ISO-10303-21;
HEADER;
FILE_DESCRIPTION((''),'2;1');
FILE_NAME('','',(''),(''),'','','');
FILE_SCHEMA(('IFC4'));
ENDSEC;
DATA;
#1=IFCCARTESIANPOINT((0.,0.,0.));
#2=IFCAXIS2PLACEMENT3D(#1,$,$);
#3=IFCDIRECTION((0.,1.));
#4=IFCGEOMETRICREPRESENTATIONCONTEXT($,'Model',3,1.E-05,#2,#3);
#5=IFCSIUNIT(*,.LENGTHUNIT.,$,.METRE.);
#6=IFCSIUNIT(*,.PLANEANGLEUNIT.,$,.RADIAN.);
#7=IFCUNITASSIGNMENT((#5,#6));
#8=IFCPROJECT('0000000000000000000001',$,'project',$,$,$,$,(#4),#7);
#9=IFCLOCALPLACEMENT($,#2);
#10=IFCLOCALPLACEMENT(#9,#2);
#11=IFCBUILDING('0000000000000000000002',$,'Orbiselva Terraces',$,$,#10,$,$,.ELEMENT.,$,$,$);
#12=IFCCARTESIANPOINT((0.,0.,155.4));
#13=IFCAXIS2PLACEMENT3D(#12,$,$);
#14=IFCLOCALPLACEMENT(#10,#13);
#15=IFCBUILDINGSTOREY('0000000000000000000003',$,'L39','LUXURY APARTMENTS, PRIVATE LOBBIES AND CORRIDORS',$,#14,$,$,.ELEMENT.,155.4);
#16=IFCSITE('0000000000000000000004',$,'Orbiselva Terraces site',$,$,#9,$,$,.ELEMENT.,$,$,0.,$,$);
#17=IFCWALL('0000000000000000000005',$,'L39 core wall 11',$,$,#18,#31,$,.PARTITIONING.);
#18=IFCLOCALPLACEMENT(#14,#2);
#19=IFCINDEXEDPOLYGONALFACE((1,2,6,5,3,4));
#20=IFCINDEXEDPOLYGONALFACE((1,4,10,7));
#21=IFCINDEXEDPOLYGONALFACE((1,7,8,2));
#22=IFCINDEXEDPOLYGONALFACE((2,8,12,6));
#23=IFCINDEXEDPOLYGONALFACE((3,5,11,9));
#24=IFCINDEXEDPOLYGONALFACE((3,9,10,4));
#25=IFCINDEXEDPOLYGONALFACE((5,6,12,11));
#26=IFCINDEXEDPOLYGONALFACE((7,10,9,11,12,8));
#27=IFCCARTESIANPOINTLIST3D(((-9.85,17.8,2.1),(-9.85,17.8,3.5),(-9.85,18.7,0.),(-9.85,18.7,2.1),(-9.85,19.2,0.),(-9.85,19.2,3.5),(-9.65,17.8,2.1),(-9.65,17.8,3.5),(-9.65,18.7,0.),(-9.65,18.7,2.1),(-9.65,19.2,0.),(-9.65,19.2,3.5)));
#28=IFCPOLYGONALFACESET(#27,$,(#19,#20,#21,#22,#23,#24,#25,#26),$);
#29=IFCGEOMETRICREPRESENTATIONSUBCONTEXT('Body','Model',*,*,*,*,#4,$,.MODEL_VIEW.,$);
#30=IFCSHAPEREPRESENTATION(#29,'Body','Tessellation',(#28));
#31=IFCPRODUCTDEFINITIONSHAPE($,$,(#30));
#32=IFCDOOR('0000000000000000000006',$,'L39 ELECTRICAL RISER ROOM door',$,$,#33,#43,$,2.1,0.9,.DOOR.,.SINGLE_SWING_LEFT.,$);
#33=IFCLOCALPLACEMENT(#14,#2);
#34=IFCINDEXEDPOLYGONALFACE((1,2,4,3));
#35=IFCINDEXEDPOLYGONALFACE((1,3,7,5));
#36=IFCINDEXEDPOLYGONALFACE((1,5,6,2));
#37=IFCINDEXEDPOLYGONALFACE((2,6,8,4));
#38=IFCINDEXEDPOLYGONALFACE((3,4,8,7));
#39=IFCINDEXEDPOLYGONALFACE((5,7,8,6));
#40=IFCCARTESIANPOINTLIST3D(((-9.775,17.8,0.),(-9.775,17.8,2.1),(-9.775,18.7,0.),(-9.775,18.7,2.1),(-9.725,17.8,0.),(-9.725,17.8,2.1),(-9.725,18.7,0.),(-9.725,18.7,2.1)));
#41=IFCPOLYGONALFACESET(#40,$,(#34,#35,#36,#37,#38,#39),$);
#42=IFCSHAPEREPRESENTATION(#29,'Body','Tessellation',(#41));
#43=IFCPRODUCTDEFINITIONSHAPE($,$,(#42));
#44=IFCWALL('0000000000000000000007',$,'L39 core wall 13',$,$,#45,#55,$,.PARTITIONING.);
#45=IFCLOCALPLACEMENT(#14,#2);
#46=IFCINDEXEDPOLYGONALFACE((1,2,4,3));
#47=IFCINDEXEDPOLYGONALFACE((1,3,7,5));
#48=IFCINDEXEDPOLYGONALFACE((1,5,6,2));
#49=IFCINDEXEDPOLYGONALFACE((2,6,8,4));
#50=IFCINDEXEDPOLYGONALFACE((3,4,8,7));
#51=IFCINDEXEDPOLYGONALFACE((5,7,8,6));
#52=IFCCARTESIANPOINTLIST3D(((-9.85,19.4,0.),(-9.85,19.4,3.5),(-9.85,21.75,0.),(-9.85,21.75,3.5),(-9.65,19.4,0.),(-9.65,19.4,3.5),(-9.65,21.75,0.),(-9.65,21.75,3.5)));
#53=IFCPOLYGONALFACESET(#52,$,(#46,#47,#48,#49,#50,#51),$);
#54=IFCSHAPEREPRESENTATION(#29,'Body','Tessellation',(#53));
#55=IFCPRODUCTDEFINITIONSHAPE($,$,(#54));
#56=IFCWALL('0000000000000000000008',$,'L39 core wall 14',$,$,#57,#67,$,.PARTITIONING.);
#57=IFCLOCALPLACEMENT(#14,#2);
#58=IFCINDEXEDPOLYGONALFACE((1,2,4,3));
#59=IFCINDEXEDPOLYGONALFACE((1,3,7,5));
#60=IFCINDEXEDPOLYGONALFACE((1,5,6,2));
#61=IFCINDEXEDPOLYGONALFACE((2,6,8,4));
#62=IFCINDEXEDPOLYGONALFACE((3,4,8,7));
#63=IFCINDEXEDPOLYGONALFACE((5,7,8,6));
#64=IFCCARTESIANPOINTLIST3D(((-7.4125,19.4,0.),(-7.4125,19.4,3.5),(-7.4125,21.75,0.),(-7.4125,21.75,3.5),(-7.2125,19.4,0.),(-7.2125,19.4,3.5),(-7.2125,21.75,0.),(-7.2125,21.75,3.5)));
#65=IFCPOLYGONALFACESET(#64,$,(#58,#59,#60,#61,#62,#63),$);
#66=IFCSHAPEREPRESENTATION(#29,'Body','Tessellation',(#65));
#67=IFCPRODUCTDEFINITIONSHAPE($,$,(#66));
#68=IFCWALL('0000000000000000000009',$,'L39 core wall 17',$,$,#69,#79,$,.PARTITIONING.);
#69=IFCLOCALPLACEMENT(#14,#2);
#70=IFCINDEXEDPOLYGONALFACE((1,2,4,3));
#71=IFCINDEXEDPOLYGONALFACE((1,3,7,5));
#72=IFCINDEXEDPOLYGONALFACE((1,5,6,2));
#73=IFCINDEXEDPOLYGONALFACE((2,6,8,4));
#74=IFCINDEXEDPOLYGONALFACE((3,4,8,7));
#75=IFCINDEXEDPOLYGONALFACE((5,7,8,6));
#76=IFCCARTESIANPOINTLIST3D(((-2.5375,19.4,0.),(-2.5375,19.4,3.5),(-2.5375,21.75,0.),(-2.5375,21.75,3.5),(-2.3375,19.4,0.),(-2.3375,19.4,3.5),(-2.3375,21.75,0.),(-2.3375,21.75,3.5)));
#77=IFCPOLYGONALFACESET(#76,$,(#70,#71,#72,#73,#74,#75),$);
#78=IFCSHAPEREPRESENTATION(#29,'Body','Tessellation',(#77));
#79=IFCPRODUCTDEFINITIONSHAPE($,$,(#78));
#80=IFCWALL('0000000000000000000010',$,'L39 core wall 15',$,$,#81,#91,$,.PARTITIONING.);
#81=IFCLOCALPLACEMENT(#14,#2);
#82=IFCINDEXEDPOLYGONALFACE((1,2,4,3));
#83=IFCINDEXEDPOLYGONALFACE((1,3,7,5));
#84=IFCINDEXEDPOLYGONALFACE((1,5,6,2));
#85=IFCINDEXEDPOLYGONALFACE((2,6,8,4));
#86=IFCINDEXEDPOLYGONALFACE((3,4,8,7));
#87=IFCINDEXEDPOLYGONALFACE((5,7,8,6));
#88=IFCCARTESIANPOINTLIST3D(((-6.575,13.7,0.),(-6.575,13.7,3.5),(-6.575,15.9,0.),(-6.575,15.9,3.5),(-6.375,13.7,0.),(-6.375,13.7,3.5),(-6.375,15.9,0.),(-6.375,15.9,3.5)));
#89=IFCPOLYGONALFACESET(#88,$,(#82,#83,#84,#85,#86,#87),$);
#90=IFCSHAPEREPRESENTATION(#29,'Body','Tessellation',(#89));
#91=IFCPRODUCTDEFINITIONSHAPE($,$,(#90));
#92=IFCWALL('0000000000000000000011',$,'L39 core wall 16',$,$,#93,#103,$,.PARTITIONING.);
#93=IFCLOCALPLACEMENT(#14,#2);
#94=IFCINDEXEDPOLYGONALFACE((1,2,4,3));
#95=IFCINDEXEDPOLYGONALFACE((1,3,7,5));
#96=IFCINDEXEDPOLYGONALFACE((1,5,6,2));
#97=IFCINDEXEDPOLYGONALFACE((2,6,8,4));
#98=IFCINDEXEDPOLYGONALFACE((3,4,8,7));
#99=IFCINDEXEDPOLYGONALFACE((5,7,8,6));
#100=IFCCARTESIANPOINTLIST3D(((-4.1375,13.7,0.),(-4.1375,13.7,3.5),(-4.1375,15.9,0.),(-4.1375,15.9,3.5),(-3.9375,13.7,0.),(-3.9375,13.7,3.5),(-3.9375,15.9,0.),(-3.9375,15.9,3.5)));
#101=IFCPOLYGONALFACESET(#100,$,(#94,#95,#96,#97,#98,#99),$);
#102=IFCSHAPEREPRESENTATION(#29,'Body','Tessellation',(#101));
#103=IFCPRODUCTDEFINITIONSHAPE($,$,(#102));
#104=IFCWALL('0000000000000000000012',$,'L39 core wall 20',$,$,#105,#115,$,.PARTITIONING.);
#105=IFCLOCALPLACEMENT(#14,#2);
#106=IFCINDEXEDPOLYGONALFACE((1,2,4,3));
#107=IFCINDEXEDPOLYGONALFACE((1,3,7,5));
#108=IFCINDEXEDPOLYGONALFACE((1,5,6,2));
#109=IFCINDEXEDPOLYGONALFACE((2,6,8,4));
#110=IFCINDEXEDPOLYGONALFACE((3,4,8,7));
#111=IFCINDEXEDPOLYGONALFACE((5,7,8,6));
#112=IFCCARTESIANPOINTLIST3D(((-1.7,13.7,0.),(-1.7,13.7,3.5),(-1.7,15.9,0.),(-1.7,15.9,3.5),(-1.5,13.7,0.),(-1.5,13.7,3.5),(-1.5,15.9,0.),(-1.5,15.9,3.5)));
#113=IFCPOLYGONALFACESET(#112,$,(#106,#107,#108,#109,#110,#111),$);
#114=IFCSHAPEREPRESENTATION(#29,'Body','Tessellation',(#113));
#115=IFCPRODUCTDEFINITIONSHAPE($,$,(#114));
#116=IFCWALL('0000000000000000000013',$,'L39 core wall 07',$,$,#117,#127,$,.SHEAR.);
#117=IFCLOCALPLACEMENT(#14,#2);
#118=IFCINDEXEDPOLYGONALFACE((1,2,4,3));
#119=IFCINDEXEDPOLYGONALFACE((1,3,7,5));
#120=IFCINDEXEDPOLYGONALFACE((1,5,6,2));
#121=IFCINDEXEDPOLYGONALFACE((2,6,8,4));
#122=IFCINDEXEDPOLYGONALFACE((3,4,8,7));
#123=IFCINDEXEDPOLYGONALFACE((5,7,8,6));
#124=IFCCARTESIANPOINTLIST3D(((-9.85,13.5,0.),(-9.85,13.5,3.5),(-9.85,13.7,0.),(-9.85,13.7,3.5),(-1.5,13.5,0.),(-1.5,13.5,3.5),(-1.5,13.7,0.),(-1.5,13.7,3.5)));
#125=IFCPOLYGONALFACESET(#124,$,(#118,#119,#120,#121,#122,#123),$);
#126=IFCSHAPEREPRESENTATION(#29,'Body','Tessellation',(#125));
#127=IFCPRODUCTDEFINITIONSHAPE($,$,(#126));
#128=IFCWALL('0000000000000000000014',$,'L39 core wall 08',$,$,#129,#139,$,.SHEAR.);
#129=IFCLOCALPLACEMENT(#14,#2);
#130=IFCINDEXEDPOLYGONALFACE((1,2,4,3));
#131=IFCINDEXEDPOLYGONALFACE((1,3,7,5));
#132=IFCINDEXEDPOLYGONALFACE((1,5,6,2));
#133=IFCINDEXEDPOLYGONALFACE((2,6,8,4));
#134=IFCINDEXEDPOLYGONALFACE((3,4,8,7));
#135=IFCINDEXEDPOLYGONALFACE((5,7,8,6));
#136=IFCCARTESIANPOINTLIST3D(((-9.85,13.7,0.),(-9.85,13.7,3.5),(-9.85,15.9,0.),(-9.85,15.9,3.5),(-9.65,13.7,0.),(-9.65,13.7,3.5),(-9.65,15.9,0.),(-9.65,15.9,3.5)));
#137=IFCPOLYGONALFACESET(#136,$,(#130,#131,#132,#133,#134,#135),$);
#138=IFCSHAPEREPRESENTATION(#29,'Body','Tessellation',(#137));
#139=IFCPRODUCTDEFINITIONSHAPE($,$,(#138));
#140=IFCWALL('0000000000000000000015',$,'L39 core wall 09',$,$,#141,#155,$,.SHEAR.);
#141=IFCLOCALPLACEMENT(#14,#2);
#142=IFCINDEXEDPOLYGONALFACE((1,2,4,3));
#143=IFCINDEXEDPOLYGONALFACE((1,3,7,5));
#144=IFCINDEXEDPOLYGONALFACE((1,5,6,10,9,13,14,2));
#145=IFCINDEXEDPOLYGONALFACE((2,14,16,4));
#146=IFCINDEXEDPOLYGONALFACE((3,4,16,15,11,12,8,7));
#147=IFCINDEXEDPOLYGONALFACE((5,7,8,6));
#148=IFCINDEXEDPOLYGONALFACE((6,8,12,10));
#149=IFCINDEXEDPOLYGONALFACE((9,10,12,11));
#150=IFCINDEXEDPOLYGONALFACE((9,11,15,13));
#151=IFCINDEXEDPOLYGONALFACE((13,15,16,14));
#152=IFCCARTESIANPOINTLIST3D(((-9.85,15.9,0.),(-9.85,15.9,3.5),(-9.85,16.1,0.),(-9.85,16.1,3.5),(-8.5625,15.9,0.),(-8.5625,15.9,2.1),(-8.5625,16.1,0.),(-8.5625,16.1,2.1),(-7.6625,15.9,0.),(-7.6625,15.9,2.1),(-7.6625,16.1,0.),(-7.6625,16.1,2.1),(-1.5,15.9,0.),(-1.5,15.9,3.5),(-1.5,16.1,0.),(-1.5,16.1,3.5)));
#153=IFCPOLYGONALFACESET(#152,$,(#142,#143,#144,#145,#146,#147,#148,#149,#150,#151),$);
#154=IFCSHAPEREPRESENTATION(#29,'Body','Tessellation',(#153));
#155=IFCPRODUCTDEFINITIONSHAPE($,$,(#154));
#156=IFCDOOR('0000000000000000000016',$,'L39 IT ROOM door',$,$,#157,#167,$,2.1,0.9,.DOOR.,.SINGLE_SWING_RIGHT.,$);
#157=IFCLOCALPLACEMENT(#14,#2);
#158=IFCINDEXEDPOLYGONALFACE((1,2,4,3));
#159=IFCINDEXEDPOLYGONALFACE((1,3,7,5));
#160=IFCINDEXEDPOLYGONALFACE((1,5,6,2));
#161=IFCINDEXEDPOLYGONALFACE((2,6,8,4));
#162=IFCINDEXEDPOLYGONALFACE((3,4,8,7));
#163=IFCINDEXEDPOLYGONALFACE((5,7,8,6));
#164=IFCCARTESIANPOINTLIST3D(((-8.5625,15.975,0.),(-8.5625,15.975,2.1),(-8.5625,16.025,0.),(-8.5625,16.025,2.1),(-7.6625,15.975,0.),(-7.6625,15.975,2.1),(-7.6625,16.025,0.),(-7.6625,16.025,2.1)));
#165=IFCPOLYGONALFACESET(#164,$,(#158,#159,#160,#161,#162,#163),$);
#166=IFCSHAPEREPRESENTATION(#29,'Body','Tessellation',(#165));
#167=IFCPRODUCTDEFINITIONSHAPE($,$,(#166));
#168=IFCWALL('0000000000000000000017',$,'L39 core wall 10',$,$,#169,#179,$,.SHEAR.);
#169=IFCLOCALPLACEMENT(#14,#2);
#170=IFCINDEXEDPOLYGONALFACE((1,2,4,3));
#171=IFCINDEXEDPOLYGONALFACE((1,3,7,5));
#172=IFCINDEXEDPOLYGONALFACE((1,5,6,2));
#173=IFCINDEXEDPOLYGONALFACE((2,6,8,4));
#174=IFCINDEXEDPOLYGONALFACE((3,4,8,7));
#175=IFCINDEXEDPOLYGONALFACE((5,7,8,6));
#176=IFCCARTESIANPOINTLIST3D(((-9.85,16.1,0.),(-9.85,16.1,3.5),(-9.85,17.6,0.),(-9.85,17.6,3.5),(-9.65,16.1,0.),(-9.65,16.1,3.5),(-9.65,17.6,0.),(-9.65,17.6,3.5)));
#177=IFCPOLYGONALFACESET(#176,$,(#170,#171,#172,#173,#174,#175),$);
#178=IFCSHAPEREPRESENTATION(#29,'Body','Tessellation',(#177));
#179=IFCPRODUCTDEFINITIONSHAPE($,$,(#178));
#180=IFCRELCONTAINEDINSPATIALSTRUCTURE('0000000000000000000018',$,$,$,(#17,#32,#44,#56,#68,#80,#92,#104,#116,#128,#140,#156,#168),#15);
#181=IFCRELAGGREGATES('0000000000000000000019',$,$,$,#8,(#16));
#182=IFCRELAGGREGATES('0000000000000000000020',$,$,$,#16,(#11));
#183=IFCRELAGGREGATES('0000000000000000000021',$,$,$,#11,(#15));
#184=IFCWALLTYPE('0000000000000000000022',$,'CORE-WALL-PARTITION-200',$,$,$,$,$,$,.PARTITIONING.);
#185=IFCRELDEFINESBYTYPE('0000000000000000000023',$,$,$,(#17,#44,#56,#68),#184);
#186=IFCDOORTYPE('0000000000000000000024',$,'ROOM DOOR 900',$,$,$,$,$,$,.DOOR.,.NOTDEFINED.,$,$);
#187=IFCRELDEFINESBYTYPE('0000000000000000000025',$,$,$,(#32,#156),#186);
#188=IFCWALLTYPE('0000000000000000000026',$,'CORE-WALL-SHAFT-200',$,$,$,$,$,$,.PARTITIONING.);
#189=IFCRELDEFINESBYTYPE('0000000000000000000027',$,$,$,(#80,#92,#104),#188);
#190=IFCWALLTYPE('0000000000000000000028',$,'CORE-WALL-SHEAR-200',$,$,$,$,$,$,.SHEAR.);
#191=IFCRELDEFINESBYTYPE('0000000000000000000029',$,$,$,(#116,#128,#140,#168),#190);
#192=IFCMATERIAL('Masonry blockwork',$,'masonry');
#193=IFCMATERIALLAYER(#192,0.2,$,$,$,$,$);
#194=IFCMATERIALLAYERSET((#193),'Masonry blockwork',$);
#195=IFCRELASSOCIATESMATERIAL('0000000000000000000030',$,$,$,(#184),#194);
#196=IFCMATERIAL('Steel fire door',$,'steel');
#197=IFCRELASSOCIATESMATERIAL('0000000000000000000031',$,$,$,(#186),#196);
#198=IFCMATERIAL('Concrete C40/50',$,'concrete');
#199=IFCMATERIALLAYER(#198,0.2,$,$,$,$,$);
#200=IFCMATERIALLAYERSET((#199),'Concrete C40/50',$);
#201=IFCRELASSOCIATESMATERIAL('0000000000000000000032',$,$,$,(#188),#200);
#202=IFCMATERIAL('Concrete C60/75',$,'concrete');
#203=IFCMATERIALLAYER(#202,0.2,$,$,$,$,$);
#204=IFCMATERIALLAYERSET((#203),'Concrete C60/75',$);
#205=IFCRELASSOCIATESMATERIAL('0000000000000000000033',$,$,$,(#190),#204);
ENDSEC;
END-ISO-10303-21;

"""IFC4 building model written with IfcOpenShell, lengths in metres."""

from ifc_helpers import new_model, si_unit, direction, frame, frame_2d, origin, place, context, subcontext, project, spatial, rectangle, extrude, material, layer, layer_set, type_object, element, fill, save


model = new_model("IFC4")

# Units and contexts
model_context = context("Model", 3, precision=1e-05, world=origin(), true_north=direction((0.0, 1.0)))
body_context = subcontext(model_context, "Body", "Model", "MODEL_VIEW")
ifc_project = project(units=[si_unit("LENGTHUNIT", "METRE"), si_unit("PLANEANGLEUNIT", "RADIAN")], contexts=[model_context])

# Site, building, storey
site_placement = place(None, origin())
site = spatial("IfcSite", under=ifc_project, at=site_placement, Name="Orbiselva Terraces site", CompositionType="ELEMENT", RefElevation=0.0)
building_placement = place(site_placement, origin())
building = spatial("IfcBuilding", under=site, at=building_placement, Name="Orbiselva Terraces", CompositionType="ELEMENT")
storey_placement = place(building_placement, frame((0.0, 0.0, 155.4)))
storey = spatial("IfcBuildingStorey", under=building, at=storey_placement, Name="L39", Description="LUXURY APARTMENTS, PRIVATE LOBBIES AND CORRIDORS", CompositionType="ELEMENT", Elevation=155.4)

# Wall, opening, door
ifc_material_1 = material(Name="Masonry blockwork", Category="masonry")
ifc_layer_1 = layer(ifc_material_1, 0.2)
ifc_layer_set_1 = layer_set([ifc_layer_1], Name="Masonry blockwork")
wall_type_1 = type_object("IfcWallType", Name="CORE-WALL-PARTITION-200", PredefinedType="PARTITIONING", material=ifc_layer_set_1)
wall_1_placement = place(storey_placement, frame((-9.75, 17.8, 0.0), z_axis=(0.0, 0.0, 1.0), x_axis=(0.0, 1.0, 0.0)))
wall_1 = element("IfcWall", 1, at=wall_1_placement, inside=storey, type_object=wall_type_1, Name="L39 core wall 11", PredefinedType="PARTITIONING", context=body_context, shape_type="SweptSolid", body=[
    extrude(rectangle(XDim=1.4, YDim=0.2, at=frame_2d((0.7, 0.0))), origin(), (0.0, 0.0, 1.0), 3.5),
])
opening_1_placement = place(wall_1_placement, origin())
opening_1 = element("IfcOpeningElement", 2, at=opening_1_placement, cuts=wall_1, PredefinedType="OPENING", context=body_context, shape_type="SweptSolid", body=[
    extrude(rectangle(XDim=0.9, YDim=2.1, at=frame_2d((0.45, 1.05))), frame((0.0, 0.11, 0.0), z_axis=(0.0, -1.0, 0.0), x_axis=(1.0, 0.0, 0.0)), (0.0, 0.0, 1.0), 0.22),
])
ifc_material_2 = material(Name="Steel fire door", Category="steel")
door_type_1 = type_object("IfcDoorType", Name="ROOM DOOR 900", OperationType="NOTDEFINED", PredefinedType="DOOR", material=ifc_material_2)
door_1_placement = place(opening_1_placement, origin())
door_1 = element("IfcDoor", 3, at=door_1_placement, inside=storey, type_object=door_type_1, Name="L39 ELECTRICAL RISER ROOM door", OperationType="SINGLE_SWING_LEFT", OverallHeight=2.1, OverallWidth=0.9, PredefinedType="DOOR", context=body_context, shape_type="SweptSolid", body=[
    extrude(rectangle(XDim=0.9, YDim=2.1, at=frame_2d((0.45, 1.05))), frame((0.0, 0.025, 0.0), z_axis=(0.0, -1.0, 0.0), x_axis=(1.0, 0.0, 0.0)), (0.0, 0.0, 1.0), 0.05),
])
fill(opening_1, door_1)

# Walls
for number, where, z_axis, x_axis, name in (
    (4, (-9.75, 19.4, 0.0), (0.0, 0.0, 1.0), (0.0, 1.0, 0.0), "L39 core wall 13"),
    (5, (-7.3125, 19.4, 0.0), (0.0, 0.0, 1.0), (0.0, 1.0, 0.0), "L39 core wall 14"),
    (6, (-2.4375, 19.4, 0.0), (0.0, 0.0, 1.0), (0.0, 1.0, 0.0), "L39 core wall 17"),
):
    element("IfcWall", number, at=place(storey_placement, frame(where, z_axis=z_axis, x_axis=x_axis)), inside=storey, type_object=wall_type_1, Name=name, PredefinedType="PARTITIONING", context=body_context, shape_type="SweptSolid", body=[
        extrude(rectangle(XDim=2.35, YDim=0.2, at=frame_2d((1.175, 0.0))), origin(), (0.0, 0.0, 1.0), 3.5),
    ])
ifc_material_3 = material(Name="Concrete C40/50", Category="concrete")
ifc_layer_2 = layer(ifc_material_3, 0.2)
ifc_layer_set_2 = layer_set([ifc_layer_2], Name="Concrete C40/50")
wall_type_2 = type_object("IfcWallType", Name="CORE-WALL-SHAFT-200", PredefinedType="PARTITIONING", material=ifc_layer_set_2)
for number, where, z_axis, x_axis, name in (
    (7, (-6.475, 13.7, 0.0), (0.0, 0.0, 1.0), (0.0, 1.0, 0.0), "L39 core wall 15"),
    (8, (-4.0375, 13.7, 0.0), (0.0, 0.0, 1.0), (0.0, 1.0, 0.0), "L39 core wall 16"),
    (9, (-1.6, 13.7, 0.0), (0.0, 0.0, 1.0), (0.0, 1.0, 0.0), "L39 core wall 20"),
):
    element("IfcWall", number, at=place(storey_placement, frame(where, z_axis=z_axis, x_axis=x_axis)), inside=storey, type_object=wall_type_2, Name=name, PredefinedType="PARTITIONING", context=body_context, shape_type="SweptSolid", body=[
        extrude(rectangle(XDim=2.2, YDim=0.2, at=frame_2d((1.1, 0.0))), origin(), (0.0, 0.0, 1.0), 3.5),
    ])
ifc_material_4 = material(Name="Concrete C60/75", Category="concrete")
ifc_layer_3 = layer(ifc_material_4, 0.2)
ifc_layer_set_3 = layer_set([ifc_layer_3], Name="Concrete C60/75")
wall_type_3 = type_object("IfcWallType", Name="CORE-WALL-SHEAR-200", PredefinedType="SHEAR", material=ifc_layer_set_3)
wall_2_placement = place(storey_placement, frame((-9.85, 13.6, 0.0), z_axis=(0.0, 0.0, 1.0), x_axis=(1.0, 0.0, 0.0)))
element("IfcWall", 10, at=wall_2_placement, inside=storey, type_object=wall_type_3, Name="L39 core wall 07", PredefinedType="SHEAR", context=body_context, shape_type="SweptSolid", body=[
    extrude(rectangle(XDim=8.35, YDim=0.2, at=frame_2d((4.175, 0.0))), origin(), (0.0, 0.0, 1.0), 3.5),
])
wall_3_placement = place(storey_placement, frame((-9.75, 13.7, 0.0), z_axis=(0.0, 0.0, 1.0), x_axis=(0.0, 1.0, 0.0)))
element("IfcWall", 11, at=wall_3_placement, inside=storey, type_object=wall_type_3, Name="L39 core wall 08", PredefinedType="SHEAR", context=body_context, shape_type="SweptSolid", body=[
    extrude(rectangle(XDim=2.2, YDim=0.2, at=frame_2d((1.1, 0.0))), origin(), (0.0, 0.0, 1.0), 3.5),
])

# Wall, opening, door
wall_4_placement = place(storey_placement, frame((-1.5, 16.0, 0.0), z_axis=(0.0, 0.0, 1.0), x_axis=(-1.0, 0.0, 0.0)))
wall_4 = element("IfcWall", 12, at=wall_4_placement, inside=storey, type_object=wall_type_3, Name="L39 core wall 09", PredefinedType="SHEAR", context=body_context, shape_type="SweptSolid", body=[
    extrude(rectangle(XDim=8.35, YDim=0.2, at=frame_2d((4.175, 0.0))), origin(), (0.0, 0.0, 1.0), 3.5),
])
opening_2_placement = place(wall_4_placement, frame((6.1625, 0.0, 0.0)))
opening_2 = element("IfcOpeningElement", 13, at=opening_2_placement, cuts=wall_4, PredefinedType="OPENING", context=body_context, shape_type="SweptSolid", body=[
    extrude(rectangle(XDim=0.9, YDim=2.1, at=frame_2d((0.45, 1.05))), frame((0.0, 0.11, 0.0), z_axis=(0.0, -1.0, 0.0), x_axis=(1.0, 0.0, 0.0)), (0.0, 0.0, 1.0), 0.22),
])
door_2_placement = place(opening_2_placement, origin())
door_2 = element("IfcDoor", 14, at=door_2_placement, inside=storey, type_object=door_type_1, Name="L39 IT ROOM door", OperationType="SINGLE_SWING_RIGHT", OverallHeight=2.1, OverallWidth=0.9, PredefinedType="DOOR", context=body_context, shape_type="SweptSolid", body=[
    extrude(rectangle(XDim=0.9, YDim=2.1, at=frame_2d((0.45, 1.05))), frame((0.0, 0.025, 0.0), z_axis=(0.0, -1.0, 0.0), x_axis=(1.0, 0.0, 0.0)), (0.0, 0.0, 1.0), 0.05),
])
fill(opening_2, door_2)

# Wall
wall_5_placement = place(storey_placement, frame((-9.75, 16.1, 0.0), z_axis=(0.0, 0.0, 1.0), x_axis=(0.0, 1.0, 0.0)))
element("IfcWall", 15, at=wall_5_placement, inside=storey, type_object=wall_type_3, Name="L39 core wall 10", PredefinedType="SHEAR", context=body_context, shape_type="SweptSolid", body=[
    extrude(rectangle(XDim=1.5, YDim=0.2, at=frame_2d((0.75, 0.0))), origin(), (0.0, 0.0, 1.0), 3.5),
])

save(model, "model.ifc")
